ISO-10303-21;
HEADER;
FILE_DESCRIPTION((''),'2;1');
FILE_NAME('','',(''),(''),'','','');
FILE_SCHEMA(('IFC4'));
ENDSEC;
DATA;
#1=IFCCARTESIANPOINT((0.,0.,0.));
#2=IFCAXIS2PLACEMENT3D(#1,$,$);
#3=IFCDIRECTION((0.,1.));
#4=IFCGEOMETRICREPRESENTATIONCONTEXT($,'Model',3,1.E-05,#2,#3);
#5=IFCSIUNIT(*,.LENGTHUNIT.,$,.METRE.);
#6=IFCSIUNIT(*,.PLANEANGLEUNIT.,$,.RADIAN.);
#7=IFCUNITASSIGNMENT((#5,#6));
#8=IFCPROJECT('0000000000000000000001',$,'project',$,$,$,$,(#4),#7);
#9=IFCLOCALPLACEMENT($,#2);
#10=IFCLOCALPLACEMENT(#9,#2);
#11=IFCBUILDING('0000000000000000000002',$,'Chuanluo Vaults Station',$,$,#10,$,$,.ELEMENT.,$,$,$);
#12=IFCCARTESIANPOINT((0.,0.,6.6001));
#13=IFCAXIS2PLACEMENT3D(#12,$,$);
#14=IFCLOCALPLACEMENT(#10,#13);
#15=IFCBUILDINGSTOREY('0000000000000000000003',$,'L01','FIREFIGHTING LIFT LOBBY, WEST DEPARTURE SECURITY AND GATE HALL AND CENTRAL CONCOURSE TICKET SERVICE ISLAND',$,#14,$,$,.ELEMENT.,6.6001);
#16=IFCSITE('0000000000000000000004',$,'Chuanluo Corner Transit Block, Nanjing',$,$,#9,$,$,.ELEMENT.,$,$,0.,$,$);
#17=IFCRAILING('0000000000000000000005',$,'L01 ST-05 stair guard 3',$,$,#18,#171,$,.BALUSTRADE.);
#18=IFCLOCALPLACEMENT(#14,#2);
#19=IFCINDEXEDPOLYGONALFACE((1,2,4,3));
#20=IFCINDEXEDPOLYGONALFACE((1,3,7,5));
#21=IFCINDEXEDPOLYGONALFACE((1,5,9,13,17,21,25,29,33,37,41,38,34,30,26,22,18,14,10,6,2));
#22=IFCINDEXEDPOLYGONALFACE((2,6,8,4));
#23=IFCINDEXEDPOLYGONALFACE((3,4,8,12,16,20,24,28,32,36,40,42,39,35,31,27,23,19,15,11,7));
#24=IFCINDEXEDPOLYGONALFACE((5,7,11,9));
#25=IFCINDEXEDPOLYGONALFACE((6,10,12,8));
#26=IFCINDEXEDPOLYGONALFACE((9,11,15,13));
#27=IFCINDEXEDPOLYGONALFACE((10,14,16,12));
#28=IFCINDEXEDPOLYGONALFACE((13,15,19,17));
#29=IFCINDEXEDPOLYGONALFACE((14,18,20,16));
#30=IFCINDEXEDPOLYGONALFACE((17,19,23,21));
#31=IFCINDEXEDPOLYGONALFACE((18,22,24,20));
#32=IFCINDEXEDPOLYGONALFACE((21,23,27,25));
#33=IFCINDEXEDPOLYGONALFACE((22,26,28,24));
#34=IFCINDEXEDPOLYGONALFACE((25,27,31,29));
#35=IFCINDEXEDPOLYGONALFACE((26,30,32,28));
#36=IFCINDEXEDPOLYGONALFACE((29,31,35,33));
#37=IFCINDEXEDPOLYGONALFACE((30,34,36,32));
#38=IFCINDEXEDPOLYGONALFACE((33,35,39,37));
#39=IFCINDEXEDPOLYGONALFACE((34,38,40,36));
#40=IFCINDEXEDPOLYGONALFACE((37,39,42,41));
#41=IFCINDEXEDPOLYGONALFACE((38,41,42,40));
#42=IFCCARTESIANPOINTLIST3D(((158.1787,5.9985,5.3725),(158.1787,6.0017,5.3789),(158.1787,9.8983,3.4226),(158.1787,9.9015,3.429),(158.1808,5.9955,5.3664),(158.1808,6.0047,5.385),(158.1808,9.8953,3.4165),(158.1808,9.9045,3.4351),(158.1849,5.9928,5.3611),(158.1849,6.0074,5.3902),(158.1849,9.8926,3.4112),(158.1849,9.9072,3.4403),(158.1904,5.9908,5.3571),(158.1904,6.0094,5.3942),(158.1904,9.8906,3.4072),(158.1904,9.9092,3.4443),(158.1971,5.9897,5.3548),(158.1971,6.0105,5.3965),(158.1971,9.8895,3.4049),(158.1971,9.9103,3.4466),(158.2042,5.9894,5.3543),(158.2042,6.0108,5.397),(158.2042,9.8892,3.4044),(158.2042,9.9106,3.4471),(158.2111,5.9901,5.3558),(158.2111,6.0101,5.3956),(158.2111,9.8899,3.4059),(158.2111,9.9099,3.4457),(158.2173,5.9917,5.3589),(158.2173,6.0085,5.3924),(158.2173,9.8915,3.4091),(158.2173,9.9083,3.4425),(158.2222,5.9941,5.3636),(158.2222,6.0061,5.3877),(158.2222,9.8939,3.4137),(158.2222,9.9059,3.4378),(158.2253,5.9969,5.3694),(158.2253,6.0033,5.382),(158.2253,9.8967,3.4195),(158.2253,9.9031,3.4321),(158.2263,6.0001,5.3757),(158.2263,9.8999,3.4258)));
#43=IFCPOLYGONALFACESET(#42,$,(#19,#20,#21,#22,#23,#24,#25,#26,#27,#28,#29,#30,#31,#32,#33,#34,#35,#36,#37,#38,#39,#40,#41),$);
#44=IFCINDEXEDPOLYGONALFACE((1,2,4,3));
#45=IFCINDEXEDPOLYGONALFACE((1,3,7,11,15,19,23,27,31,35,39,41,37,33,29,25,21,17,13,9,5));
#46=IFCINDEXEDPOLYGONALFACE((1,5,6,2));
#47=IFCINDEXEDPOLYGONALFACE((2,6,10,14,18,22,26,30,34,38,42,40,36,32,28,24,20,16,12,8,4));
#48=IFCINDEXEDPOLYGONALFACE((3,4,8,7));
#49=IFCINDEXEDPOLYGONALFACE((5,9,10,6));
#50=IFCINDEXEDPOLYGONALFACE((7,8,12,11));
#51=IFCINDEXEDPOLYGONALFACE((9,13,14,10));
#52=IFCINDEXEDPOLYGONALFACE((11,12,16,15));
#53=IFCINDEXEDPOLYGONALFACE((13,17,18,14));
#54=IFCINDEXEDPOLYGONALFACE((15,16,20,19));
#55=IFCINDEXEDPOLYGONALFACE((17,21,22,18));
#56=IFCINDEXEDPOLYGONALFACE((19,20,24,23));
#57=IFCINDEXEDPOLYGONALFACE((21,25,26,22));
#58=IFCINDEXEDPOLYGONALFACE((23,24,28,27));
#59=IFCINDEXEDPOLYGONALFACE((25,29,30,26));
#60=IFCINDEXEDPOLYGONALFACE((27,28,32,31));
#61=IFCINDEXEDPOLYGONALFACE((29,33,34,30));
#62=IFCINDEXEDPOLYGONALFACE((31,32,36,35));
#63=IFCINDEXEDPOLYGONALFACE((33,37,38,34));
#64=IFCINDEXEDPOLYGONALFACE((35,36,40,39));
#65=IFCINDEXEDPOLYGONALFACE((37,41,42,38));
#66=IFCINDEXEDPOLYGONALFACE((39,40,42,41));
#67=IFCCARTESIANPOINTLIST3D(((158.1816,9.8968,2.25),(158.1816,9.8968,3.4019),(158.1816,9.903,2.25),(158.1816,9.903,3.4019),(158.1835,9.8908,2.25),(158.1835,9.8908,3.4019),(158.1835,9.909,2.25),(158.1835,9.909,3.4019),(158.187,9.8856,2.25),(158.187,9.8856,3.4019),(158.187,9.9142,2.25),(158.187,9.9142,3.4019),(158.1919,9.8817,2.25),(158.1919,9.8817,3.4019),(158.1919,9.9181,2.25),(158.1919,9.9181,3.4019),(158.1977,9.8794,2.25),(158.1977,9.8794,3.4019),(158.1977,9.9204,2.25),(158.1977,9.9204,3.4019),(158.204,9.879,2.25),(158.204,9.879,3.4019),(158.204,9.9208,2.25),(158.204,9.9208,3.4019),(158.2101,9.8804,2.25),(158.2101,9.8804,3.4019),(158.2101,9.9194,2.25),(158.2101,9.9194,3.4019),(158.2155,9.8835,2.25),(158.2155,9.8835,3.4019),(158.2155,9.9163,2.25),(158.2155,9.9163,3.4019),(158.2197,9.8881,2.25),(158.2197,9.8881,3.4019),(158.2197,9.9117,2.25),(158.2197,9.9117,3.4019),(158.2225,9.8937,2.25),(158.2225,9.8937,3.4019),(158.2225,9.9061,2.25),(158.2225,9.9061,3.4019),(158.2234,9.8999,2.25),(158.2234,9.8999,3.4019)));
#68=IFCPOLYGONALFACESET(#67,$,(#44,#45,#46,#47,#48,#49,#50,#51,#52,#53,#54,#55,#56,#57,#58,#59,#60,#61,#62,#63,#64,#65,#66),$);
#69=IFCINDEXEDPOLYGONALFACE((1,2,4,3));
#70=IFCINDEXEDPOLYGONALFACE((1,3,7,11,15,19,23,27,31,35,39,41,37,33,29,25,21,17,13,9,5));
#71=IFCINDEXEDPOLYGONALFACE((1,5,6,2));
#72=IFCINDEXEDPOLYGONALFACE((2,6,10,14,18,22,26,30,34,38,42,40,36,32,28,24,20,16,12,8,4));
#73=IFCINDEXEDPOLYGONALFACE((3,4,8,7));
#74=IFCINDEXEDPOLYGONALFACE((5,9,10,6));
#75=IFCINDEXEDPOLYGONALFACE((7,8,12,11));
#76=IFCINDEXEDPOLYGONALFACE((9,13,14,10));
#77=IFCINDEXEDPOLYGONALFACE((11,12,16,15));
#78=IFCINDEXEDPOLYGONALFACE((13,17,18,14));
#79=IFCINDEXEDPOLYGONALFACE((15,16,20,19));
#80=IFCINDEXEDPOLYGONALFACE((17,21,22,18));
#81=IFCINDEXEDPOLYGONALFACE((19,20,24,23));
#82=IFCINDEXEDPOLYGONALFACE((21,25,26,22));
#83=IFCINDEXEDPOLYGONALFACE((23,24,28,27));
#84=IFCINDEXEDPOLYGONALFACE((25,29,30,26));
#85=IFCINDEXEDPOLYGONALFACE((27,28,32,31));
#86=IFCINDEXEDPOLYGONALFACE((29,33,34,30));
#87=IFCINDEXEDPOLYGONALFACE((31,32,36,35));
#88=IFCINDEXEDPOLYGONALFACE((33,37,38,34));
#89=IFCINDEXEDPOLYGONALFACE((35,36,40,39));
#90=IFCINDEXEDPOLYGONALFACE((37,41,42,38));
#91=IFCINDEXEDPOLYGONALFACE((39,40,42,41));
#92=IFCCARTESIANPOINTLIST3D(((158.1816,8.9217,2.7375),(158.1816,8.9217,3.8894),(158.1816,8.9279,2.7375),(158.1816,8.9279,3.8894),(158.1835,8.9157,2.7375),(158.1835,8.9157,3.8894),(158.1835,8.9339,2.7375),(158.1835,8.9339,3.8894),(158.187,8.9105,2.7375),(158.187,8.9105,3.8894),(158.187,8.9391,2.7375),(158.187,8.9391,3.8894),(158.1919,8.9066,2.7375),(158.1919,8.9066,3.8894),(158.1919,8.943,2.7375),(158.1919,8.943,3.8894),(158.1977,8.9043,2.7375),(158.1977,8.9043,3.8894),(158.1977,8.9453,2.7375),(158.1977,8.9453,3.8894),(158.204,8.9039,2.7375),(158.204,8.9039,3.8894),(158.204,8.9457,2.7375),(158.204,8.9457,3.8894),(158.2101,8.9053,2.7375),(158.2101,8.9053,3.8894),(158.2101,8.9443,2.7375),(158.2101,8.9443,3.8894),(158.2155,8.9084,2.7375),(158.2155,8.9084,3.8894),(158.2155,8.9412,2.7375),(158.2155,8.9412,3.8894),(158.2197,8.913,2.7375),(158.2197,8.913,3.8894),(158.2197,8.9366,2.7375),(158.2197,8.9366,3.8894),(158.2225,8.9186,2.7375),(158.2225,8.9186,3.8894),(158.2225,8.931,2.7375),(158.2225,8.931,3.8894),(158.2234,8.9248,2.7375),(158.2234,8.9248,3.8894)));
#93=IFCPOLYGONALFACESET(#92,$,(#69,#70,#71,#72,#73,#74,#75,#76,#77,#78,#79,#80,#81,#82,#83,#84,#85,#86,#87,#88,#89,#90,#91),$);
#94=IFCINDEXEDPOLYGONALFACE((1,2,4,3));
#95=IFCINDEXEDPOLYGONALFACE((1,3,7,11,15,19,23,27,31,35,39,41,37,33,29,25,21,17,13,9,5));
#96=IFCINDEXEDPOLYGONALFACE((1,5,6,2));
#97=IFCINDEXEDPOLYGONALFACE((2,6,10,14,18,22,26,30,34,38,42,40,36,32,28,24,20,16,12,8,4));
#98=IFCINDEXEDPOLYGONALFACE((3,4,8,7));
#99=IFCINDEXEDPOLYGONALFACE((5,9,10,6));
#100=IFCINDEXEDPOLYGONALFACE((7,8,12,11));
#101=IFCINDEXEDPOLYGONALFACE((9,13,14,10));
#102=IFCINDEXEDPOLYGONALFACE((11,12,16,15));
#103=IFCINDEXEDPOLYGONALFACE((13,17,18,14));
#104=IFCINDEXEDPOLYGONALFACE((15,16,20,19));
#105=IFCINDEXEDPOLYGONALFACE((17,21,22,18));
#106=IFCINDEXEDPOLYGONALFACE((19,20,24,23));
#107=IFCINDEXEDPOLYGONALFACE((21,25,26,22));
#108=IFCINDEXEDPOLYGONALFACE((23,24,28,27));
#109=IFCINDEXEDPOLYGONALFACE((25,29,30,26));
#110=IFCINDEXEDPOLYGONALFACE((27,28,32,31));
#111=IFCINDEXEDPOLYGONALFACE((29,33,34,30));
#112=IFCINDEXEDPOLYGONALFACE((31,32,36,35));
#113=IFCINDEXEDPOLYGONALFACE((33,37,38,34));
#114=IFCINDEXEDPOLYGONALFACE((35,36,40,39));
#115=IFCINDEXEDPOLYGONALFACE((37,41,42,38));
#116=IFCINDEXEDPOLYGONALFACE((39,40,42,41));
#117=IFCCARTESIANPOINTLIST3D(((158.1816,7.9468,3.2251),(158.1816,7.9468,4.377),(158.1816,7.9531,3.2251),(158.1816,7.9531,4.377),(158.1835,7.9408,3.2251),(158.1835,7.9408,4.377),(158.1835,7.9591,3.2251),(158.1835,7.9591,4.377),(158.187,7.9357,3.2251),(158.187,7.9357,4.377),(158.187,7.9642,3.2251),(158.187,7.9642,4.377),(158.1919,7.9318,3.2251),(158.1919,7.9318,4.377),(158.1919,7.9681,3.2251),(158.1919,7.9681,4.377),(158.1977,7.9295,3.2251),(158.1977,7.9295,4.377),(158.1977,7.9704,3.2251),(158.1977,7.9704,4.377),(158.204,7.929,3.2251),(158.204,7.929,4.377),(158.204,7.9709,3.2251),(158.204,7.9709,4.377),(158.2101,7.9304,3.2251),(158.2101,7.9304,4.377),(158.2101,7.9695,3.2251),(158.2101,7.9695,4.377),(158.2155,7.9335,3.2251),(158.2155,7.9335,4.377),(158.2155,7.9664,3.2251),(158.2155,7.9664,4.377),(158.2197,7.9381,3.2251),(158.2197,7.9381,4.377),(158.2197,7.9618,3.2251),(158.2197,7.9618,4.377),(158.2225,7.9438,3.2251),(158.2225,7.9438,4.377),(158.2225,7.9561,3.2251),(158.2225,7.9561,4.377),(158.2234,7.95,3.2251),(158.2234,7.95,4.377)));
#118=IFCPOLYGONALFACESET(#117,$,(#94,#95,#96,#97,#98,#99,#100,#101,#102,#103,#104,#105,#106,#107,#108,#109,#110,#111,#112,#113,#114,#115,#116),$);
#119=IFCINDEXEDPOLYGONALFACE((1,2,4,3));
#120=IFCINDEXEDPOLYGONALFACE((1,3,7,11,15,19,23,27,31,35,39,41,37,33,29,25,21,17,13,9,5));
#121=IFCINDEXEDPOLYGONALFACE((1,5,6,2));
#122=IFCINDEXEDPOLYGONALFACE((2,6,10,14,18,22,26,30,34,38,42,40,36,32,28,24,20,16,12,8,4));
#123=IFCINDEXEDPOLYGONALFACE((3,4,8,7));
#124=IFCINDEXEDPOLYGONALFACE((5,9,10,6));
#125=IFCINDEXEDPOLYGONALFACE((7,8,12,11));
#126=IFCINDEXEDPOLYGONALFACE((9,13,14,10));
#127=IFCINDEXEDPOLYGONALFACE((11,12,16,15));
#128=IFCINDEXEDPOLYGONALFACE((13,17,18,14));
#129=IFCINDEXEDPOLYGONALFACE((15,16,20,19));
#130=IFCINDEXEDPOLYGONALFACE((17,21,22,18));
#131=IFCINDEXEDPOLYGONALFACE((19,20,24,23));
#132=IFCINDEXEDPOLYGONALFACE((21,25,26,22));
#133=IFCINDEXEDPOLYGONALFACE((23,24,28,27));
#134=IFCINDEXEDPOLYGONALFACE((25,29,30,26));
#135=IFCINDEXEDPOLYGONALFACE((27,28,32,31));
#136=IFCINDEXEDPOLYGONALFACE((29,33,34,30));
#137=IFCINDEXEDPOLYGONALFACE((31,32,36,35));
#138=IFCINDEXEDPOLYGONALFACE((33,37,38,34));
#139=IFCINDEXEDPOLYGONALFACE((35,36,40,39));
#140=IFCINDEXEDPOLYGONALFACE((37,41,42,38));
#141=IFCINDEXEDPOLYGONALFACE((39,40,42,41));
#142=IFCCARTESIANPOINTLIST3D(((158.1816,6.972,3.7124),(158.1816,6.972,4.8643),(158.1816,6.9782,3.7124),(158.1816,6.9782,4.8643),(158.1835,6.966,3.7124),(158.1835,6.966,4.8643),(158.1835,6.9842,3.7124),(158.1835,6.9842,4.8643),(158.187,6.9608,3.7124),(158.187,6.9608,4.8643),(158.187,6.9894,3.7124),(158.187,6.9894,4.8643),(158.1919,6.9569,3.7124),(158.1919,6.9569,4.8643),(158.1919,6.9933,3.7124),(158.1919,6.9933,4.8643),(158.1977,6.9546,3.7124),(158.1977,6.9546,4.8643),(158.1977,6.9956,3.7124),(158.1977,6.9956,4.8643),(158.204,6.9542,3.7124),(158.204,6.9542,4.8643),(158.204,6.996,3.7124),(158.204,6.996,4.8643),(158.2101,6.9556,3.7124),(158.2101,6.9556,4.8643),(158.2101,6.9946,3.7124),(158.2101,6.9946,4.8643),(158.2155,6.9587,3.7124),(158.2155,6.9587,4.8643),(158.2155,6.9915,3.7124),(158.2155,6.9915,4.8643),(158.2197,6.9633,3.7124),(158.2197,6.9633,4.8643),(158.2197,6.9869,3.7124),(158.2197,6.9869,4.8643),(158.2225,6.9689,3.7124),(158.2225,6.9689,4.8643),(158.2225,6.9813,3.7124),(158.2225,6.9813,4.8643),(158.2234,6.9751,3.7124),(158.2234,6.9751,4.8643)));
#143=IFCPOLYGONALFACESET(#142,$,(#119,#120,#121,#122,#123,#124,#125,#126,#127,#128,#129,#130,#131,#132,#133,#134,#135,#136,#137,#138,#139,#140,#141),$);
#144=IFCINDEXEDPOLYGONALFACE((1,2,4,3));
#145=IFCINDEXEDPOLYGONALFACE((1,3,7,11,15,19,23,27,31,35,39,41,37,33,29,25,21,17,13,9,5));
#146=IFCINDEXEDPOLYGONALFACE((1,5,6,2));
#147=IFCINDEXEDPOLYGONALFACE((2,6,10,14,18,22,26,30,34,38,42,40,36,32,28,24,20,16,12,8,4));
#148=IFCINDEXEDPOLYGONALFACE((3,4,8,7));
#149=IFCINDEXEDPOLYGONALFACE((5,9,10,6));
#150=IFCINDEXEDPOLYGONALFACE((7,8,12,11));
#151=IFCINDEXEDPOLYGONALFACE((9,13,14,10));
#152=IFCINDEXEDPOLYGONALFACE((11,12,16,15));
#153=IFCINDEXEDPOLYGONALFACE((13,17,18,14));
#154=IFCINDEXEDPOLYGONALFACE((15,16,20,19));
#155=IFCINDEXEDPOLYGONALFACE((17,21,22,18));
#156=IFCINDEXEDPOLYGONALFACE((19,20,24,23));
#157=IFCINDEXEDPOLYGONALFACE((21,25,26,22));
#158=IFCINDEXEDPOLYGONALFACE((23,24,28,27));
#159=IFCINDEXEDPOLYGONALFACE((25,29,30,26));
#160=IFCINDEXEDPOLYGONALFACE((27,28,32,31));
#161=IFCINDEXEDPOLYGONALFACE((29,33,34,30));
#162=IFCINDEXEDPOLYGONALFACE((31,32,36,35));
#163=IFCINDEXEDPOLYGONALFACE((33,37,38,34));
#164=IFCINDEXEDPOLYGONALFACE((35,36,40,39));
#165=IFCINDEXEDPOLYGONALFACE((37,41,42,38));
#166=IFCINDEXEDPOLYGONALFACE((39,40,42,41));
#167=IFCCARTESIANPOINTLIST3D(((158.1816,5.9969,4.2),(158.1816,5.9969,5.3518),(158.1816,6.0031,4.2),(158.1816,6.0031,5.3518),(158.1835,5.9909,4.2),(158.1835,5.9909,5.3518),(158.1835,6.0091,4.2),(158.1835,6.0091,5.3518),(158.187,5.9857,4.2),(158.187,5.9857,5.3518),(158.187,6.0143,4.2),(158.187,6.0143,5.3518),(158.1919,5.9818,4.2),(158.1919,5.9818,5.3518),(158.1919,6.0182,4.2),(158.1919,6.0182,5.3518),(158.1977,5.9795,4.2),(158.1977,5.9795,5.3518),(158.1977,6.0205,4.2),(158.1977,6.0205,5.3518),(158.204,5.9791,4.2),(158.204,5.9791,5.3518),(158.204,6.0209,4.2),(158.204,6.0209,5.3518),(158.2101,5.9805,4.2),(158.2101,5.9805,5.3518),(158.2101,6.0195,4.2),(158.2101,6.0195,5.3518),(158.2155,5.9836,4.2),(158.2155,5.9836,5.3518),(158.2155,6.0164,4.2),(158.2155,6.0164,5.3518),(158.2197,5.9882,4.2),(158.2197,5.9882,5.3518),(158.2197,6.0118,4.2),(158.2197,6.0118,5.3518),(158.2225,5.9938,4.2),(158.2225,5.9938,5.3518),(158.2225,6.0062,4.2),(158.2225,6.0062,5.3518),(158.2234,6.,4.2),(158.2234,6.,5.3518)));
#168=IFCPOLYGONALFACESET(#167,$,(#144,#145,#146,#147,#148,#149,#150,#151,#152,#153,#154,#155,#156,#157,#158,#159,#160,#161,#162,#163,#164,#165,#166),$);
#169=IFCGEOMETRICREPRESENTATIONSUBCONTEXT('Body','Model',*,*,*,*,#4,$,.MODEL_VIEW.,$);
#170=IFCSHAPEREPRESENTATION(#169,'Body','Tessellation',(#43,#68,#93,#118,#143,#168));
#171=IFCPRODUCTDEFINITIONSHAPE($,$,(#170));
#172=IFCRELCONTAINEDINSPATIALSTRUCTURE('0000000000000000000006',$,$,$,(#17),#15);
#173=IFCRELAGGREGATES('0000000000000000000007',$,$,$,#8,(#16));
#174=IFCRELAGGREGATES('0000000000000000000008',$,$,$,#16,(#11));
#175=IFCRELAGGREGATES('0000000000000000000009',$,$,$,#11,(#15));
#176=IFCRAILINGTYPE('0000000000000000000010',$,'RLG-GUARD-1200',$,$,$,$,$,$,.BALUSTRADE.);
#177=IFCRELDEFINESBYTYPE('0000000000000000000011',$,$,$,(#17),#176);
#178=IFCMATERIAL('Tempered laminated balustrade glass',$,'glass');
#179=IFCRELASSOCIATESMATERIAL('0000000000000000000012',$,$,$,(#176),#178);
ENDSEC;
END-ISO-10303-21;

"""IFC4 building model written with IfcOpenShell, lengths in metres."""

from ifc_helpers import new_model, si_unit, direction, frame, origin, origin_2d, place, context, subcontext, project, spatial, circle, extrude, material, type_object, element, save


model = new_model("IFC4")

# Units and contexts
model_context = context("Model", 3, precision=1e-05, world=origin(), true_north=direction((0.0, 1.0)))
body_context = subcontext(model_context, "Body", "Model", "MODEL_VIEW")
ifc_project = project(units=[si_unit("LENGTHUNIT", "METRE"), si_unit("PLANEANGLEUNIT", "RADIAN")], contexts=[model_context])

# Site, building, storey
site_placement = place(None, origin())
site = spatial("IfcSite", under=ifc_project, at=site_placement, Name="Chuanluo Corner Transit Block, Nanjing", CompositionType="ELEMENT", RefElevation=0.0)
building_placement = place(site_placement, origin())
building = spatial("IfcBuilding", under=site, at=building_placement, Name="Chuanluo Vaults Station", CompositionType="ELEMENT")
storey_placement = place(building_placement, frame((0.0, 0.0, 6.6001)))
storey = spatial("IfcBuildingStorey", under=building, at=storey_placement, Name="L01", Description="FIREFIGHTING LIFT LOBBY, WEST DEPARTURE SECURITY AND GATE HALL AND CENTRAL CONCOURSE TICKET SERVICE ISLAND", CompositionType="ELEMENT", Elevation=6.6001)

# Railing
ifc_material_1 = material(Name="Tempered laminated balustrade glass", Category="glass")
railing_type_1 = type_object("IfcRailingType", Name="RLG-GUARD-1200", PredefinedType="BALUSTRADE", material=ifc_material_1)
railing_1_placement = place(storey_placement, frame((158.2024, 9.8999, 2.25)))
element("IfcRailing", 1, at=railing_1_placement, inside=storey, type_object=railing_type_1, Name="L01 ST-05 stair guard 3", PredefinedType="BALUSTRADE", context=body_context, shape_type="SweptSolid", body=[
    extrude(circle(Radius=0.0239, at=origin_2d()), frame((0.0, 0.0, 1.1758), z_axis=(0.0, -0.894427, 0.447214), x_axis=(1.0, 0.0, 0.0)), (0.0, 0.0, 1.0), 4.3601),
    extrude(circle(Radius=0.021, at=origin_2d()), origin(), (0.0, 0.0, 1.0), 1.1519),
    extrude(circle(Radius=0.021, at=origin_2d()), frame((0.0, -0.9751, 0.4875)), (0.0, 0.0, 1.0), 1.1519),
    extrude(circle(Radius=0.021, at=origin_2d()), frame((0.0, -1.95, 0.9751)), (0.0, 0.0, 1.0), 1.1519),
    extrude(circle(Radius=0.021, at=origin_2d()), frame((0.0, -2.9248, 1.4624)), (0.0, 0.0, 1.0), 1.1519),
    extrude(circle(Radius=0.021, at=origin_2d()), frame((0.0, -3.8999, 1.95)), (0.0, 0.0, 1.0), 1.1519),
])

save(model, "model.ifc")
